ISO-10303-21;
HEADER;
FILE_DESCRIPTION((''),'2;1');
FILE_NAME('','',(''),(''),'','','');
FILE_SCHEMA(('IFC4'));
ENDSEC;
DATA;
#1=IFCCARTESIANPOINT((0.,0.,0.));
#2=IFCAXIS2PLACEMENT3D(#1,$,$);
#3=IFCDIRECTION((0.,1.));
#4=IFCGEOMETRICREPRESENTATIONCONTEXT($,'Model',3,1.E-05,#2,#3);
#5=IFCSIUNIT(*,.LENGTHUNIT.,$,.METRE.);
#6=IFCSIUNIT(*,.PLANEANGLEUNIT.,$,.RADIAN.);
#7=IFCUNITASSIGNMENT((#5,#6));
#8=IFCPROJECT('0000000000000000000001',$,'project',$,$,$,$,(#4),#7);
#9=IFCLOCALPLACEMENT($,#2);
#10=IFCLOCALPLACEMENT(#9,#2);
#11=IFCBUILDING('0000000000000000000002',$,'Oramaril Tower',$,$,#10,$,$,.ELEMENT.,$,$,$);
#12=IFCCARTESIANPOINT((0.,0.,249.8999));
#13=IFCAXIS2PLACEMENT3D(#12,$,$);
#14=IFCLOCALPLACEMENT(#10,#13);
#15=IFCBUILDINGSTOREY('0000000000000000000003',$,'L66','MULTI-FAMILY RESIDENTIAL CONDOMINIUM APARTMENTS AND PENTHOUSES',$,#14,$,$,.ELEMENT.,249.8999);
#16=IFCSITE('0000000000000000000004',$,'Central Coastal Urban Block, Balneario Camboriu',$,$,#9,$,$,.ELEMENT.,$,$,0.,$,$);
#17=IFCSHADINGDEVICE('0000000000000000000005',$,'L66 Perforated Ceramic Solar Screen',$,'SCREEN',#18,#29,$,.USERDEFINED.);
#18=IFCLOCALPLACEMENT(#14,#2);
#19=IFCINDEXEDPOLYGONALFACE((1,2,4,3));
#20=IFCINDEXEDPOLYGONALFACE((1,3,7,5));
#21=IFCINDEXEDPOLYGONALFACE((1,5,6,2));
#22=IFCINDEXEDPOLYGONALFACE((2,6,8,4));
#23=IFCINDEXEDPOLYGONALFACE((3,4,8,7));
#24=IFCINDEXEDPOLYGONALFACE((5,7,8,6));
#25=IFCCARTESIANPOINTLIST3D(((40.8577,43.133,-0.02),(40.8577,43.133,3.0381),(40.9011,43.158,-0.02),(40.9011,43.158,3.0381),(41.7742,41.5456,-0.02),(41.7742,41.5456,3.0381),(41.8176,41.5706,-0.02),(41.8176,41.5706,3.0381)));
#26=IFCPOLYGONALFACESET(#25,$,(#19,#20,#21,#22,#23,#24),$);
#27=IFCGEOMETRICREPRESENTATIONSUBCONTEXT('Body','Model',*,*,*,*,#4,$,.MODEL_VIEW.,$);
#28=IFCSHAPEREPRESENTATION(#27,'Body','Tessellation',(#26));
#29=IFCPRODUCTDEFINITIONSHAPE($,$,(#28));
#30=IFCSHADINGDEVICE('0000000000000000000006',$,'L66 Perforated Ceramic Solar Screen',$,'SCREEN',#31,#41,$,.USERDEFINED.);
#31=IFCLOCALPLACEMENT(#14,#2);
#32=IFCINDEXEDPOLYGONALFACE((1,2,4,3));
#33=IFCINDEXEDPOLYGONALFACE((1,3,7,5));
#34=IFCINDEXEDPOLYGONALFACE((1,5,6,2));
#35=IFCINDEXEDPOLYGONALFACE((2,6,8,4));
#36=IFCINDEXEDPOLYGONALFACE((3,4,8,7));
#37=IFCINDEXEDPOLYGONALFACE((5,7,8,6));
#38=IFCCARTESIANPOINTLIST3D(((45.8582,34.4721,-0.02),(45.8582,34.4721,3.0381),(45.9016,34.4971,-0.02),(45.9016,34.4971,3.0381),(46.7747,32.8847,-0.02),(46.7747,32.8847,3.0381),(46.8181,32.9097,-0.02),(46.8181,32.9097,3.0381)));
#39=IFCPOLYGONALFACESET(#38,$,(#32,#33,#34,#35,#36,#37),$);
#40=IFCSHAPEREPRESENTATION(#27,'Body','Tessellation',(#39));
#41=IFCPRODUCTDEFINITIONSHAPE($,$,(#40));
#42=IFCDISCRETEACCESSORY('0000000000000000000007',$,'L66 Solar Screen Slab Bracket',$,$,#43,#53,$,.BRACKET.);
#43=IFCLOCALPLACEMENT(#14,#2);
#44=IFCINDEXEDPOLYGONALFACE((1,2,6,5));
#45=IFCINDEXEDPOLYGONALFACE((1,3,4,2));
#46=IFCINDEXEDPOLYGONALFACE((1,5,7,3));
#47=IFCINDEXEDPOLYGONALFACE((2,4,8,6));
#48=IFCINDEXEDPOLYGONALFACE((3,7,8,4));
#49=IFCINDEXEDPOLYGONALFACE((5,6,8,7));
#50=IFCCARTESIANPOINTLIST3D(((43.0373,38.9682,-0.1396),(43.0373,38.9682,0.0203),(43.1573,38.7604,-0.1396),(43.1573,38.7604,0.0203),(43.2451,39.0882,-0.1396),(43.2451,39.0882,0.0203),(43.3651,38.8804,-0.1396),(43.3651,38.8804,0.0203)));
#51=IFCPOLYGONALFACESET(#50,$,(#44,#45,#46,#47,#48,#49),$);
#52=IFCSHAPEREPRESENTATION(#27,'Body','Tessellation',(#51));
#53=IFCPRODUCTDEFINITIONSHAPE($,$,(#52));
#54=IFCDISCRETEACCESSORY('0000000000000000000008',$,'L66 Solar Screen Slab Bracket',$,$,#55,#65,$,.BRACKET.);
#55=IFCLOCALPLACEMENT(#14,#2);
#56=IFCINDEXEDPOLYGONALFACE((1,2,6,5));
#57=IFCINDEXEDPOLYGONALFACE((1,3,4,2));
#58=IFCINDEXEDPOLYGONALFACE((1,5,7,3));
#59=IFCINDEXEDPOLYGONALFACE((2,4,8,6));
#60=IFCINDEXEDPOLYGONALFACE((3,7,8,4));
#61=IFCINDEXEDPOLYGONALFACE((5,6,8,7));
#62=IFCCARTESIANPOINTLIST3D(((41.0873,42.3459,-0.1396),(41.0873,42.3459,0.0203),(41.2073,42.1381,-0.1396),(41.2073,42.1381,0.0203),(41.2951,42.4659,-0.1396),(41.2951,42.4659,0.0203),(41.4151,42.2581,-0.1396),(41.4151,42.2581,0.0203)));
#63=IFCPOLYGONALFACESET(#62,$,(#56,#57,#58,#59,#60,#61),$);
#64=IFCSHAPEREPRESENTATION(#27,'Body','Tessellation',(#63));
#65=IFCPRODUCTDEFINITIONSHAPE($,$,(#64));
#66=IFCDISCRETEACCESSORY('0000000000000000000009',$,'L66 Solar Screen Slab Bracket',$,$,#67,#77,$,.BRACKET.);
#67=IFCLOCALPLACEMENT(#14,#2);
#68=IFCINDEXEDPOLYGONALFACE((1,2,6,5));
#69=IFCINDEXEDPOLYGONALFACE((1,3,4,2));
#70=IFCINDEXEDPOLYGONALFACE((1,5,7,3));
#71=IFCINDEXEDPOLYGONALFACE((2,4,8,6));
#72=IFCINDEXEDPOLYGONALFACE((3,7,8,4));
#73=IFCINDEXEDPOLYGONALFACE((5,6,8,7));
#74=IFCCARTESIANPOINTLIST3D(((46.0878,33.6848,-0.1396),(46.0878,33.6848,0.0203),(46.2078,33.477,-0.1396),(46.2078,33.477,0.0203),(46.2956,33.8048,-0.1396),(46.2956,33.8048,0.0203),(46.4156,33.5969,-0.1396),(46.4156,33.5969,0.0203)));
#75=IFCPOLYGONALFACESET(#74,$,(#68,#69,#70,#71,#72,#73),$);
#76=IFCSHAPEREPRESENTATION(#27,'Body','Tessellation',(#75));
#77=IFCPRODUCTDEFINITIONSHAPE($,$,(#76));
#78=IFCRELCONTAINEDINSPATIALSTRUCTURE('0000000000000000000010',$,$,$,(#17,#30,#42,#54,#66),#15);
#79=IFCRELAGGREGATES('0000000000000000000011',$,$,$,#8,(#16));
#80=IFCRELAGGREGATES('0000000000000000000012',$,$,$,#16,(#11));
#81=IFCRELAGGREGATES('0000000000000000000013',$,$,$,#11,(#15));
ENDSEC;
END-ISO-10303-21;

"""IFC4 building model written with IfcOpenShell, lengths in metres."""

from ifc_helpers import new_model, si_unit, direction, frame, origin, origin_2d, place, context, subcontext, project, spatial, rectangle, extrude, element, save


model = new_model("IFC4")

# Units and contexts
model_context = context("Model", 3, precision=1e-05, world=origin(), true_north=direction((0.0, 1.0)))
body_context = subcontext(model_context, "Body", "Model", "MODEL_VIEW")
ifc_project = project(units=[si_unit("LENGTHUNIT", "METRE"), si_unit("PLANEANGLEUNIT", "RADIAN")], contexts=[model_context])

# Site, building, storey
site_placement = place(None, origin())
site = spatial("IfcSite", under=ifc_project, at=site_placement, Name="Central Coastal Urban Block, Balneario Camboriu", CompositionType="ELEMENT", RefElevation=0.0)
building_placement = place(site_placement, origin())
building = spatial("IfcBuilding", under=site, at=building_placement, Name="Oramaril Tower", CompositionType="ELEMENT")
storey_placement = place(building_placement, frame((0.0, 0.0, 249.8999)))
storey = spatial("IfcBuildingStorey", under=building, at=storey_placement, Name="L66", Description="MULTI-FAMILY RESIDENTIAL CONDOMINIUM APARTMENTS AND PENTHOUSES", CompositionType="ELEMENT", Elevation=249.8999)

# Shading devices
for number, where, z_axis, x_axis, name in (
    (1, (41.3376, 42.3518, -0.02), (0.0, 0.0, 1.0), (-0.499998, 0.866026, 0.0), "L66 Perforated Ceramic Solar Screen"),
    (2, (46.3381, 33.6909, -0.02), (0.0, 0.0, 1.0), (-0.499998, 0.866026, 0.0), "L66 Perforated Ceramic Solar Screen"),
):
    element("IfcShadingDevice", number, at=place(storey_placement, frame(where, z_axis=z_axis, x_axis=x_axis)), inside=storey, Name=name, ObjectType="SCREEN", PredefinedType="USERDEFINED", context=body_context, shape_type="SweptSolid", body=[
        extrude(rectangle(XDim=1.833, YDim=0.05, at=origin_2d()), origin(), (0.0, 0.0, 1.0), 3.0581),
    ])

# Discrete accessories
for number, where, z_axis, x_axis, name in (
    (3, (43.2012, 38.9243, -0.1396), (0.0, 0.0, 1.0), (-0.499998, 0.866026, 0.0), "L66 Solar Screen Slab Bracket"),
    (4, (41.2512, 42.302, -0.1396), (0.0, 0.0, 1.0), (-0.499998, 0.866026, 0.0), "L66 Solar Screen Slab Bracket"),
    (5, (46.2517, 33.6409, -0.1396), (0.0, 0.0, 1.0), (-0.499998, 0.866026, 0.0), "L66 Solar Screen Slab Bracket"),
):
    element("IfcDiscreteAccessory", number, at=place(storey_placement, frame(where, z_axis=z_axis, x_axis=x_axis)), inside=storey, Name=name, PredefinedType="BRACKET", context=body_context, shape_type="SweptSolid", body=[
        extrude(rectangle(XDim=0.24, YDim=0.24, at=origin_2d()), origin(), (0.0, 0.0, 1.0), 0.1599),
    ])

save(model, "model.ifc")
